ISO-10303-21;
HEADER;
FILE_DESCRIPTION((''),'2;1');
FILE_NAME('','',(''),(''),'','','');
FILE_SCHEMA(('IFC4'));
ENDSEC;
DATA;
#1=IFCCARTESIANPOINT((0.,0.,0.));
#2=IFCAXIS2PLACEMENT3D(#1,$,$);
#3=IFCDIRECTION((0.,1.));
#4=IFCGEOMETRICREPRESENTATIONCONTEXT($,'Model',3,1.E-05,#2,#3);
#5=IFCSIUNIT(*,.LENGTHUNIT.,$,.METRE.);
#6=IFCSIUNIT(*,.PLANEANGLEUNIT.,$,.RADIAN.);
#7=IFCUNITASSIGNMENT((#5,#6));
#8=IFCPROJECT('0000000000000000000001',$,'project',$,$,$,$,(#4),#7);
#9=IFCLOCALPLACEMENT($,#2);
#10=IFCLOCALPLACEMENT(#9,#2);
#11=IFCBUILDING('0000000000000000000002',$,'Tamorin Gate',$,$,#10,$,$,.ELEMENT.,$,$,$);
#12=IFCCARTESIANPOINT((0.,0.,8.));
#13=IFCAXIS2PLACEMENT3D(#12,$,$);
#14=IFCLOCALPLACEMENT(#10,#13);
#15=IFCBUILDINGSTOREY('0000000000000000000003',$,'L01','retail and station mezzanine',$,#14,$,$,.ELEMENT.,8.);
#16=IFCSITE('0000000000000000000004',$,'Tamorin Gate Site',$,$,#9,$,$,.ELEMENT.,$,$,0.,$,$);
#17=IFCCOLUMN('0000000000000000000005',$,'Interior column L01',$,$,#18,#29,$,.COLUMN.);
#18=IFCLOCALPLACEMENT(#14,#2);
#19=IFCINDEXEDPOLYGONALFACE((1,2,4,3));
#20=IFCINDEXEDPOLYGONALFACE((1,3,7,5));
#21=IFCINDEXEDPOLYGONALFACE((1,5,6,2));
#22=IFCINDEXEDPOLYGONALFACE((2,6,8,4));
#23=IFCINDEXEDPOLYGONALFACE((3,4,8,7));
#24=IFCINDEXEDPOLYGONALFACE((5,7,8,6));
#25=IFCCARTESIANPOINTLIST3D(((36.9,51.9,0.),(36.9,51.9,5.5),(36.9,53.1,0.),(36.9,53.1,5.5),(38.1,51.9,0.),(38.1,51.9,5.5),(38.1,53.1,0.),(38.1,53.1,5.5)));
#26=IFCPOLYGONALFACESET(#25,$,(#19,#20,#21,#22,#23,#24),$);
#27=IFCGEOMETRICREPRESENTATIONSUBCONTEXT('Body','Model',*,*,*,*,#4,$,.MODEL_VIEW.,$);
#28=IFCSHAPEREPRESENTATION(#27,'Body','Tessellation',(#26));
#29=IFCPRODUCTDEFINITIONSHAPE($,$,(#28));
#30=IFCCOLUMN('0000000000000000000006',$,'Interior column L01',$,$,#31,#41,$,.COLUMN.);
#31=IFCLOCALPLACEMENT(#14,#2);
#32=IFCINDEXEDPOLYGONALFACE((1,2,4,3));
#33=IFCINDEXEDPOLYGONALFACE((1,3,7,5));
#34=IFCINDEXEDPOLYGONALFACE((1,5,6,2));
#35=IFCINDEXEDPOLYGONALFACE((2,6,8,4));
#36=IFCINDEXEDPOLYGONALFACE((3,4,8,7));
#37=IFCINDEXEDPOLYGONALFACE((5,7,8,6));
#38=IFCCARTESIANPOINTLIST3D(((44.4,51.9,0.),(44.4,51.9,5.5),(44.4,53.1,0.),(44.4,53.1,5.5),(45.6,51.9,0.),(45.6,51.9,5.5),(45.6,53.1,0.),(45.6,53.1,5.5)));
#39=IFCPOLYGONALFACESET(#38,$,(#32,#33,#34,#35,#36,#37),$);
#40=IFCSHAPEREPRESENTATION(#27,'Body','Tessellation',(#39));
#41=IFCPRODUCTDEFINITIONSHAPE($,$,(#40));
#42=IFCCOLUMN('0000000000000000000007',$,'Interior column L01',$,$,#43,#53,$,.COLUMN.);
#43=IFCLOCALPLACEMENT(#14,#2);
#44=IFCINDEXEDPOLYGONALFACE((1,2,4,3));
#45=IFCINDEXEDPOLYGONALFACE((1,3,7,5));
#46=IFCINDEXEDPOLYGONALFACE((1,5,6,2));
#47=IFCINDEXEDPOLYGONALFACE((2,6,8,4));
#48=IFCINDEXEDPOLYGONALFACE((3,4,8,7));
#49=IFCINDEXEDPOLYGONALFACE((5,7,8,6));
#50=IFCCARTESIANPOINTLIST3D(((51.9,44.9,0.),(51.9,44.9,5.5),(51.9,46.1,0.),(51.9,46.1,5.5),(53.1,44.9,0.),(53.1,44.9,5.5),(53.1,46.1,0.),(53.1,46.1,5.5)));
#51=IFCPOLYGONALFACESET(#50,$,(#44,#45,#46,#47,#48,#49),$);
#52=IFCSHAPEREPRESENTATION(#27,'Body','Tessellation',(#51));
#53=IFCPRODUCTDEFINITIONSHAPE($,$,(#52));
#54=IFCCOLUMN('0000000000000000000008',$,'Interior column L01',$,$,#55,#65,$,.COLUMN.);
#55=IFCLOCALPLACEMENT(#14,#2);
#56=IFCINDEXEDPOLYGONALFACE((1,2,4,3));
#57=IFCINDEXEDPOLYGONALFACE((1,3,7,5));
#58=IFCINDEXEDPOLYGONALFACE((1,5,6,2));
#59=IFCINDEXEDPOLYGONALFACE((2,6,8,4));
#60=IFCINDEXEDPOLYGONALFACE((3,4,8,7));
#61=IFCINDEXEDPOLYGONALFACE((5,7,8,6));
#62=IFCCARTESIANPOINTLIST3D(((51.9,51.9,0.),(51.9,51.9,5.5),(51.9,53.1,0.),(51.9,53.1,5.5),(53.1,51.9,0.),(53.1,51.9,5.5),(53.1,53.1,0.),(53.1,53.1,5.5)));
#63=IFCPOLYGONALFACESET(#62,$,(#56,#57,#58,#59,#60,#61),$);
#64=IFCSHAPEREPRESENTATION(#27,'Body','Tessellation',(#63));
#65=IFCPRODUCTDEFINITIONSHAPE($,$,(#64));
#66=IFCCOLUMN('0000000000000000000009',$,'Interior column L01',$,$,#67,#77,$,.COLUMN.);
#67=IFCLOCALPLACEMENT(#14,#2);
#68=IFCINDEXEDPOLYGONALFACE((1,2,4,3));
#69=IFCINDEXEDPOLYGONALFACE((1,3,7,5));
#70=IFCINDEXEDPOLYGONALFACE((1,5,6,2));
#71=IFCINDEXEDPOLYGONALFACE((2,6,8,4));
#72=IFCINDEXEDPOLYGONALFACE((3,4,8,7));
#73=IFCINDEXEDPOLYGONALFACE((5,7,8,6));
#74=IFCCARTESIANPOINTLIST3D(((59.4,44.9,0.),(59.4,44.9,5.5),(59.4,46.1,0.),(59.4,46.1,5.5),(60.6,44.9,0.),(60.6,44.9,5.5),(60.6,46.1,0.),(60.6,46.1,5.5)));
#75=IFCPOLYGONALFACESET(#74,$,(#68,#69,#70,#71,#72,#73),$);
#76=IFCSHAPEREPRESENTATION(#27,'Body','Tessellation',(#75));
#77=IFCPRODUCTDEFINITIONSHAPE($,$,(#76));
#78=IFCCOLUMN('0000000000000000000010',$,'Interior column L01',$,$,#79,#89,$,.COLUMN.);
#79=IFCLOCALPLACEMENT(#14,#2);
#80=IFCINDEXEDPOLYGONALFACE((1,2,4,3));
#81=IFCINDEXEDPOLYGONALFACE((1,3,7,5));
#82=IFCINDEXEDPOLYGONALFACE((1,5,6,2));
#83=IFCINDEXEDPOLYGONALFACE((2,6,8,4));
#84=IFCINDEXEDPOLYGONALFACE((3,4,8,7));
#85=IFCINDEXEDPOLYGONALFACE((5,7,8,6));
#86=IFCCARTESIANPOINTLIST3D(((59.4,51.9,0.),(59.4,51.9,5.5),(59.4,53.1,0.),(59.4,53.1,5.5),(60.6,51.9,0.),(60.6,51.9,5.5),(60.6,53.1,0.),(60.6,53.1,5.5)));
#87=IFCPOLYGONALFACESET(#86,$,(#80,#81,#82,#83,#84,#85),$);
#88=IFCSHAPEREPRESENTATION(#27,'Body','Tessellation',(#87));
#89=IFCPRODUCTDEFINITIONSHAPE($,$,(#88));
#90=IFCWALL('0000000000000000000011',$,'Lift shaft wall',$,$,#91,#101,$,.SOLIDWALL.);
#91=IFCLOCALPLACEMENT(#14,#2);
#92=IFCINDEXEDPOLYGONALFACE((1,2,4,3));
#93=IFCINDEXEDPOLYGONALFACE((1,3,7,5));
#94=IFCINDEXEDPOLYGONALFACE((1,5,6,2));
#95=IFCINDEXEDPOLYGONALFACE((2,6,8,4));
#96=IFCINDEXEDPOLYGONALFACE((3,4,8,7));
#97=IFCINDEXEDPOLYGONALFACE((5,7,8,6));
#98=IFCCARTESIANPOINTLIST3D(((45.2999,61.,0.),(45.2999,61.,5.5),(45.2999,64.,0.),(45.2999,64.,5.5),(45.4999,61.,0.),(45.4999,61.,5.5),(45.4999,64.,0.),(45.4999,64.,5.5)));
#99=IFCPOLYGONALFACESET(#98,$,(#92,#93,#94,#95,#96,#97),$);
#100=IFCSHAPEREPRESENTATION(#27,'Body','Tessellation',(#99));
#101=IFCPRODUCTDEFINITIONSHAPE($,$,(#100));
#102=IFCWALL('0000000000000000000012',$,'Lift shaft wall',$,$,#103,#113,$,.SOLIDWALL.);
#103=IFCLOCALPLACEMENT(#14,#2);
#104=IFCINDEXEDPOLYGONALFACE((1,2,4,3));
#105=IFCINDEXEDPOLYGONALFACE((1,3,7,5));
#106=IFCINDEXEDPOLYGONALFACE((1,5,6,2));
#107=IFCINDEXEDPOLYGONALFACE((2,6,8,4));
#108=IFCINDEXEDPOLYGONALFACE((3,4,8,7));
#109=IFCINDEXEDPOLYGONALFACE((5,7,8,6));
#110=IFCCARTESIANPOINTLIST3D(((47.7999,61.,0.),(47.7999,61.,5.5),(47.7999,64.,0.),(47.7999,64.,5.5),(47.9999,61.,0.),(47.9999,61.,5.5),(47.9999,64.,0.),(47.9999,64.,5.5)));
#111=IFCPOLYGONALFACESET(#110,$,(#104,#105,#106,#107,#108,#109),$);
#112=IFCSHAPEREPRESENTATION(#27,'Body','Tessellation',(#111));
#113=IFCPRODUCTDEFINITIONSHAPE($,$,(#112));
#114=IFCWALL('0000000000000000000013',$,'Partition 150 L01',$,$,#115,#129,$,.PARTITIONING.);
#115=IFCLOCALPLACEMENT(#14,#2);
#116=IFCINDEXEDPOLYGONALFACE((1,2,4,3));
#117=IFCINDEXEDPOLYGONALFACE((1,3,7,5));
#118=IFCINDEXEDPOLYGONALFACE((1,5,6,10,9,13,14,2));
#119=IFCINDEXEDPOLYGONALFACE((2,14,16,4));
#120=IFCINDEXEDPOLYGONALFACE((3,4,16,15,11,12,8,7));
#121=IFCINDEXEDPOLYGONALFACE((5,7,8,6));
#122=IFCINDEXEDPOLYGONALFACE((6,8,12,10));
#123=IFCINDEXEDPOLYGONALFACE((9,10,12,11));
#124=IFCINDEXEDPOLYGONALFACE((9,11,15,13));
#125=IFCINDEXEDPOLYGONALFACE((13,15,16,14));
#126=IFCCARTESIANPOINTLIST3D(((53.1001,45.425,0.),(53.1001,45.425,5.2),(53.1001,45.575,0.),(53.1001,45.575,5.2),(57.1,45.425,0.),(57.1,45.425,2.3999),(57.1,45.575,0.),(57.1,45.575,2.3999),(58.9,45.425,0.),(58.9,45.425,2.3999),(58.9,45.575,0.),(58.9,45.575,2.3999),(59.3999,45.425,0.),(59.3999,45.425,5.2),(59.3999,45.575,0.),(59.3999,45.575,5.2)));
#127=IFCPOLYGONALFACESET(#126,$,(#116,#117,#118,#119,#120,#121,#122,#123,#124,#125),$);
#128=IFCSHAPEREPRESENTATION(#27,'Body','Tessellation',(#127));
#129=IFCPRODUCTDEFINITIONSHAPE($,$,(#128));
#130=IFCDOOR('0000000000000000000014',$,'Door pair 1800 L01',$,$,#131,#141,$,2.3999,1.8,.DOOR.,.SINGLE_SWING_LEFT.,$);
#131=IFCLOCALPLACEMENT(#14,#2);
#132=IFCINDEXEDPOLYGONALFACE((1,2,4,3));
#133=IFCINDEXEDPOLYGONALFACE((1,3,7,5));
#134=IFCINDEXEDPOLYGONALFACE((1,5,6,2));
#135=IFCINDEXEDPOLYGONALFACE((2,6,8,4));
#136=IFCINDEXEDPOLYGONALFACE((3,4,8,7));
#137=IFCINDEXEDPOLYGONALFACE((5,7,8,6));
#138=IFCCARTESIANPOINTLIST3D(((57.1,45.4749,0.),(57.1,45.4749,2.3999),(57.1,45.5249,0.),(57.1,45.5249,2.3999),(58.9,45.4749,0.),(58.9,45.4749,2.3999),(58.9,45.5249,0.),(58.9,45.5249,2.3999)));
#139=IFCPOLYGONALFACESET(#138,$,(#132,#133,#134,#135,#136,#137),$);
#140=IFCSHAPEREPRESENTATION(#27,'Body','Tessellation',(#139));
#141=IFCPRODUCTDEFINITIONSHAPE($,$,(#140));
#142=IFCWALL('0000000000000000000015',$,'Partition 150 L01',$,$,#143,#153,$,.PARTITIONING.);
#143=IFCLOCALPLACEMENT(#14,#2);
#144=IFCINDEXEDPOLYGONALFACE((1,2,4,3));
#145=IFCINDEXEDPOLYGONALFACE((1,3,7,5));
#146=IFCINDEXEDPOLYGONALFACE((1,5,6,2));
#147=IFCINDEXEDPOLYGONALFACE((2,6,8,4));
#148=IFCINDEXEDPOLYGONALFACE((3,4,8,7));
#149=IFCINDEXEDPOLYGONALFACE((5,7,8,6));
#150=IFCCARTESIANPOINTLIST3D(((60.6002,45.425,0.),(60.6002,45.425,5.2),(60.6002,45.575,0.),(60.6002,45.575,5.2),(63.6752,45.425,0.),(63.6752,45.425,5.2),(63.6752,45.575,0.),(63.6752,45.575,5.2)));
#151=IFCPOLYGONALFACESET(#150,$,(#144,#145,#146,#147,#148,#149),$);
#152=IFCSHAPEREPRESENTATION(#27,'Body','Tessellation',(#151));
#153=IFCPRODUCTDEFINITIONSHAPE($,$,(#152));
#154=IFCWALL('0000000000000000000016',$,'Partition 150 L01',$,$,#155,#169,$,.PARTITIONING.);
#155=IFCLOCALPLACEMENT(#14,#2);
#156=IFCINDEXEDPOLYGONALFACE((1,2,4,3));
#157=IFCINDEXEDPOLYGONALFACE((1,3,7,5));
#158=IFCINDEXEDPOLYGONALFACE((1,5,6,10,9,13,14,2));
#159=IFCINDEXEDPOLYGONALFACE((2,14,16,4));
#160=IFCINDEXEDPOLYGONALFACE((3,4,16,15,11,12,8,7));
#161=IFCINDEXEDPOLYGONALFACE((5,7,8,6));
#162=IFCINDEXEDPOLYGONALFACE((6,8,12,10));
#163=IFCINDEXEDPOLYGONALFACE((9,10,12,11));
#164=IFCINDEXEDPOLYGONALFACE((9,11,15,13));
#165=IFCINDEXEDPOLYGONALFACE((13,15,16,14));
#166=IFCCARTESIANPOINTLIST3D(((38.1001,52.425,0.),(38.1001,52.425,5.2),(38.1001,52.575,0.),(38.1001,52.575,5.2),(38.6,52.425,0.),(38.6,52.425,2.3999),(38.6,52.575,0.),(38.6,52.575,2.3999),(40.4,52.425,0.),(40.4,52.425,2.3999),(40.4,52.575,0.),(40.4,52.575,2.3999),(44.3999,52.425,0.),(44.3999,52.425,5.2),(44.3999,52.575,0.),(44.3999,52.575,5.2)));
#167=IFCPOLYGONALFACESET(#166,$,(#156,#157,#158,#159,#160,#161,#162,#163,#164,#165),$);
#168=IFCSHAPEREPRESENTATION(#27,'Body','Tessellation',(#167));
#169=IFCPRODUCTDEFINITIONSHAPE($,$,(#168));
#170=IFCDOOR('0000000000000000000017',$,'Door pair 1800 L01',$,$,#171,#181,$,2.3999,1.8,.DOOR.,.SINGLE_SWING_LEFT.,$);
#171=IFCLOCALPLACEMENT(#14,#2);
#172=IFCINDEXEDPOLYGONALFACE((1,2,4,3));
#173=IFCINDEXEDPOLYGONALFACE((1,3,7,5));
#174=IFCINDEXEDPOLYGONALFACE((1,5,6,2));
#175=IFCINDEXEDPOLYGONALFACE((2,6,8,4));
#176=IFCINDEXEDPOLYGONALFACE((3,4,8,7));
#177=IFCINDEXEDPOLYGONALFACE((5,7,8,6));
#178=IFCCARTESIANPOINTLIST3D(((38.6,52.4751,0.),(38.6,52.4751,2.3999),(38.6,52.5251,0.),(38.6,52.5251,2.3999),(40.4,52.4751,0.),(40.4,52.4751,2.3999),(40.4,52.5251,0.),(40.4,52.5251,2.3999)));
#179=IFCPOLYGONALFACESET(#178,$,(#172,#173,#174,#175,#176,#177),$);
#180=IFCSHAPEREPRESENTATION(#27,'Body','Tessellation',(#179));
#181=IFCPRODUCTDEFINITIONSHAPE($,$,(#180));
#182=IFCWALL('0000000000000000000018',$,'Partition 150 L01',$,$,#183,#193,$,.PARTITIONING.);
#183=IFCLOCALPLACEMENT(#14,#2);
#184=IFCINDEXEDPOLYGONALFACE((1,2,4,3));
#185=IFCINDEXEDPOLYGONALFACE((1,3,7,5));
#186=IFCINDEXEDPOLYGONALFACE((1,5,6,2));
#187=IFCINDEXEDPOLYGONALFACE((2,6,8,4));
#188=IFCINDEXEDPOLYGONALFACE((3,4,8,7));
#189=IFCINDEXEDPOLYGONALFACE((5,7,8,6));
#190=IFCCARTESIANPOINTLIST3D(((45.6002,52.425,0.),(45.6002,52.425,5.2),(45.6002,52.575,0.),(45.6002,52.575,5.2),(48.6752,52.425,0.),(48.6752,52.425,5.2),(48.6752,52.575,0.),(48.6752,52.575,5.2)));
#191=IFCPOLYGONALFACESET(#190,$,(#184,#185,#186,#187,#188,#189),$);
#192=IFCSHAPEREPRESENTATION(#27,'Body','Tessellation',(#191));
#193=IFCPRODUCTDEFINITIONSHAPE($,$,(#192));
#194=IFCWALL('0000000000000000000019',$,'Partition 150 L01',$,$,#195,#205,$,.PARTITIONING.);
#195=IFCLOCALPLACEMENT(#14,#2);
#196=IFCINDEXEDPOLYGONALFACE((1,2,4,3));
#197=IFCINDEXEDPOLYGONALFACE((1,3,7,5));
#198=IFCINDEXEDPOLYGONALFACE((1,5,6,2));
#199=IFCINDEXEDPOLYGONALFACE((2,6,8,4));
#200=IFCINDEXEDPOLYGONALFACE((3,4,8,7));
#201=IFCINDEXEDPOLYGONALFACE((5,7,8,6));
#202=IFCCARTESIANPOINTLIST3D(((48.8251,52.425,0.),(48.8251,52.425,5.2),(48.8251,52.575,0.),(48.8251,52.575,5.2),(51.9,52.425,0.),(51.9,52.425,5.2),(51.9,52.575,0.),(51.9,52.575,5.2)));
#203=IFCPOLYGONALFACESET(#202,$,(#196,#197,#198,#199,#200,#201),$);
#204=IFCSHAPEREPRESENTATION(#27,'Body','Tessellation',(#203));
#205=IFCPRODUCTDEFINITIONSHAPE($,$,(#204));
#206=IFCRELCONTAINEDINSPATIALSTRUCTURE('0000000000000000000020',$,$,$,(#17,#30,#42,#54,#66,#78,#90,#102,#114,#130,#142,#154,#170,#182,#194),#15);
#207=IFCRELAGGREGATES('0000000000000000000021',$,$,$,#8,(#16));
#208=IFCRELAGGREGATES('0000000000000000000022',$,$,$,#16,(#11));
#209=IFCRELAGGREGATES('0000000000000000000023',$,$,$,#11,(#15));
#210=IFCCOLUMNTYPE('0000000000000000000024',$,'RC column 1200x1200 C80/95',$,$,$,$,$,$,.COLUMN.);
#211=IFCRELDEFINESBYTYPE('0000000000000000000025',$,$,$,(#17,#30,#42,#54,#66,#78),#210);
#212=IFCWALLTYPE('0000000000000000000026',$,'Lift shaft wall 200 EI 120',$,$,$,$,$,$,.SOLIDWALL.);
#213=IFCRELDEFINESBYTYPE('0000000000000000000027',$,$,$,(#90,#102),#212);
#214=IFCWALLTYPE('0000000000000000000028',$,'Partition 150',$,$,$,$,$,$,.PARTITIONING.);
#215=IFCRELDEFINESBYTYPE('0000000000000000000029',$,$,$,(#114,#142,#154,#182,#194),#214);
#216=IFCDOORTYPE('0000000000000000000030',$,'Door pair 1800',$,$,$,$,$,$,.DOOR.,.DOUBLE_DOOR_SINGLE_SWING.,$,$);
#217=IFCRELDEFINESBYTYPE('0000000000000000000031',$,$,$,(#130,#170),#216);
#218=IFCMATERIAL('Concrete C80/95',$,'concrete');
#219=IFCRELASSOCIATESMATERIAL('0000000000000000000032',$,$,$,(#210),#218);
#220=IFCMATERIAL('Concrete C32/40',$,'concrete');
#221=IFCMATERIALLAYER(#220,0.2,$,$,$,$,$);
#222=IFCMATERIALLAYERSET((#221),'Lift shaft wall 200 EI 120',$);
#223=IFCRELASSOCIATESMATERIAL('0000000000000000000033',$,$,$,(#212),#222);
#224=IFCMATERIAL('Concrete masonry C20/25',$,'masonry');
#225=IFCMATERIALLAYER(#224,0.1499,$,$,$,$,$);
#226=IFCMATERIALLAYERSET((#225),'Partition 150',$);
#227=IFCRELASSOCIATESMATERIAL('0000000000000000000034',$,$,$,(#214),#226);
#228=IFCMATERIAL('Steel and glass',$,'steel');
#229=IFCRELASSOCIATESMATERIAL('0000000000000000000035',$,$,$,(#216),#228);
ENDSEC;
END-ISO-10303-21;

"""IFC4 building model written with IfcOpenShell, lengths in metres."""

from ifc_helpers import new_model, si_unit, direction, frame, frame_2d, origin, origin_2d, place, context, subcontext, project, spatial, rectangle, extrude, material, layer, layer_set, material_profile, profile_set, type_object, element, fill, save


model = new_model("IFC4")

# Units and contexts
model_context = context("Model", 3, precision=1e-05, world=origin(), true_north=direction((0.0, 1.0)))
body_context = subcontext(model_context, "Body", "Model", "MODEL_VIEW")
ifc_project = project(units=[si_unit("LENGTHUNIT", "METRE"), si_unit("PLANEANGLEUNIT", "RADIAN")], contexts=[model_context])

# Site, building, storey
site_placement = place(None, origin())
site = spatial("IfcSite", under=ifc_project, at=site_placement, Name="Tamorin Gate Site", CompositionType="ELEMENT", RefElevation=0.0)
building_placement = place(site_placement, origin())
building = spatial("IfcBuilding", under=site, at=building_placement, Name="Tamorin Gate", CompositionType="ELEMENT")
storey_placement = place(building_placement, frame((0.0, 0.0, 8.0)))
storey = spatial("IfcBuildingStorey", under=building, at=storey_placement, Name="L01", Description="retail and station mezzanine", CompositionType="ELEMENT", Elevation=8.0)

# Columns
ifc_material_1 = material(Name="Concrete C80/95", Category="concrete")
ifc_material_profile = material_profile(ifc_material_1, rectangle(XDim=1.2, YDim=1.2, at=origin_2d()), Name="RC 1200x1200")
ifc_profile_set = profile_set([ifc_material_profile], Name="Concrete C80/95")
column_type = type_object("IfcColumnType", Name="RC column 1200x1200 C80/95", PredefinedType="COLUMN", material=ifc_profile_set)
for number, where, z_axis, x_axis, name in (
    (1, (37.5, 52.5, 0.0), (0.0, 0.0, 1.0), (1.0, 0.0, 0.0), "Interior column L01"),
    (2, (45.0, 52.5, 0.0), (0.0, 0.0, 1.0), (1.0, 0.0, 0.0), "Interior column L01"),
    (3, (52.5, 45.5, 0.0), (0.0, 0.0, 1.0), (1.0, 0.0, 0.0), "Interior column L01"),
    (4, (52.5, 52.5, 0.0), (0.0, 0.0, 1.0), (1.0, 0.0, 0.0), "Interior column L01"),
    (5, (60.0, 45.5, 0.0), (0.0, 0.0, 1.0), (1.0, 0.0, 0.0), "Interior column L01"),
    (6, (60.0, 52.5, 0.0), (0.0, 0.0, 1.0), (1.0, 0.0, 0.0), "Interior column L01"),
):
    element("IfcColumn", number, at=place(storey_placement, frame(where, z_axis=z_axis, x_axis=x_axis)), inside=storey, type_object=column_type, Name=name, PredefinedType="COLUMN", context=body_context, shape_type="SweptSolid", body=[
        extrude(rectangle(XDim=1.2, YDim=1.2, at=origin_2d()), origin(), (0.0, 0.0, 1.0), 5.5),
    ])

# Walls
ifc_material_2 = material(Name="Concrete C32/40", Category="concrete")
ifc_layer_1 = layer(ifc_material_2, 0.2)
ifc_layer_set_1 = layer_set([ifc_layer_1], Name="Lift shaft wall 200 EI 120")
wall_type_1 = type_object("IfcWallType", Name="Lift shaft wall 200 EI 120", PredefinedType="SOLIDWALL", material=ifc_layer_set_1)
for number, where, z_axis, x_axis, name in (
    (7, (45.3999, 61.0, 0.0), (0.0, 0.0, 1.0), (0.0, 1.0, 0.0), "Lift shaft wall"),
    (8, (47.8999, 61.0, 0.0), (0.0, 0.0, 1.0), (0.0, 1.0, 0.0), "Lift shaft wall"),
):
    element("IfcWall", number, at=place(storey_placement, frame(where, z_axis=z_axis, x_axis=x_axis)), inside=storey, type_object=wall_type_1, Name=name, PredefinedType="SOLIDWALL", context=body_context, shape_type="SweptSolid", body=[
        extrude(rectangle(XDim=3.0, YDim=0.2, at=frame_2d((1.5, 0.0))), origin(), (0.0, 0.0, 1.0), 5.5),
    ])

# Wall, opening, door
ifc_material_3 = material(Name="Concrete masonry C20/25", Category="masonry")
ifc_layer_2 = layer(ifc_material_3, 0.1499)
ifc_layer_set_2 = layer_set([ifc_layer_2], Name="Partition 150")
wall_type_2 = type_object("IfcWallType", Name="Partition 150", PredefinedType="PARTITIONING", material=ifc_layer_set_2)
wall_1_placement = place(storey_placement, frame((53.1001, 45.5, 0.0), z_axis=(0.0, 0.0, 1.0), x_axis=(1.0, 0.0, 0.0)))
wall_1 = element("IfcWall", 9, at=wall_1_placement, inside=storey, type_object=wall_type_2, Name="Partition 150 L01", PredefinedType="PARTITIONING", context=body_context, shape_type="SweptSolid", body=[
    extrude(rectangle(XDim=6.2998, YDim=0.1499, at=frame_2d((3.1499, 0.0))), origin(), (0.0, 0.0, 1.0), 5.2),
])
opening_1_placement = place(wall_1_placement, frame((4.0, 0.0, 0.0)))
opening_1 = element("IfcOpeningElement", 10, at=opening_1_placement, cuts=wall_1, PredefinedType="OPENING", context=body_context, shape_type="SweptSolid", body=[
    extrude(rectangle(XDim=1.8, YDim=2.3999, at=frame_2d((0.8999, 1.2))), frame((0.0, 0.085, 0.0), z_axis=(0.0, -1.0, 0.0), x_axis=(1.0, 0.0, 0.0)), (0.0, 0.0, 1.0), 0.1699),
])
ifc_material_4 = material(Name="Steel and glass", Category="steel")
door_type_1 = type_object("IfcDoorType", Name="Door pair 1800", OperationType="DOUBLE_DOOR_SINGLE_SWING", PredefinedType="DOOR", material=ifc_material_4)
door_1_placement = place(opening_1_placement, origin())
door_1 = element("IfcDoor", 11, at=door_1_placement, inside=storey, type_object=door_type_1, Name="Door pair 1800 L01", OperationType="SINGLE_SWING_LEFT", OverallHeight=2.3999, OverallWidth=1.8, PredefinedType="DOOR", context=body_context, shape_type="SweptSolid", body=[
    extrude(rectangle(XDim=1.8, YDim=2.3999, at=frame_2d((0.8999, 1.2))), frame((0.0, 0.0249, 0.0), z_axis=(0.0, -1.0, 0.0), x_axis=(1.0, 0.0, 0.0)), (0.0, 0.0, 1.0), 0.05),
])
fill(opening_1, door_1)

# Wall
wall_2_placement = place(storey_placement, frame((60.6001, 45.5, 0.0), z_axis=(0.0, 0.0, 1.0), x_axis=(1.0, 0.0, 0.0)))
element("IfcWall", 12, at=wall_2_placement, inside=storey, type_object=wall_type_2, Name="Partition 150 L01", PredefinedType="PARTITIONING", context=body_context, shape_type="SweptSolid", body=[
    extrude(rectangle(XDim=3.075, YDim=0.1499, at=frame_2d((1.5376, 0.0))), origin(), (0.0, 0.0, 1.0), 5.2),
])

# Wall, opening, door
wall_3_placement = place(storey_placement, frame((44.3999, 52.5, 0.0), z_axis=(0.0, 0.0, 1.0), x_axis=(-1.0, 0.0, 0.0)))
wall_3 = element("IfcWall", 13, at=wall_3_placement, inside=storey, type_object=wall_type_2, Name="Partition 150 L01", PredefinedType="PARTITIONING", context=body_context, shape_type="SweptSolid", body=[
    extrude(rectangle(XDim=6.2998, YDim=0.1499, at=frame_2d((3.1499, 0.0))), origin(), (0.0, 0.0, 1.0), 5.2),
])
opening_2_placement = place(wall_3_placement, frame((4.0, 0.0, 0.0)))
opening_2 = element("IfcOpeningElement", 14, at=opening_2_placement, cuts=wall_3, PredefinedType="OPENING", context=body_context, shape_type="SweptSolid", body=[
    extrude(rectangle(XDim=1.8, YDim=2.3999, at=frame_2d((0.8999, 1.2))), frame((0.0, 0.085, 0.0), z_axis=(0.0, -1.0, 0.0), x_axis=(1.0, 0.0, 0.0)), (0.0, 0.0, 1.0), 0.1699),
])
door_2_placement = place(opening_2_placement, origin())
door_2 = element("IfcDoor", 15, at=door_2_placement, inside=storey, type_object=door_type_1, Name="Door pair 1800 L01", OperationType="SINGLE_SWING_LEFT", OverallHeight=2.3999, OverallWidth=1.8, PredefinedType="DOOR", context=body_context, shape_type="SweptSolid", body=[
    extrude(rectangle(XDim=1.8, YDim=2.3999, at=frame_2d((0.8999, 1.2))), frame((0.0, 0.0249, 0.0), z_axis=(0.0, -1.0, 0.0), x_axis=(1.0, 0.0, 0.0)), (0.0, 0.0, 1.0), 0.05),
])
fill(opening_2, door_2)

# Walls
for number, where, z_axis, x_axis, name in (
    (16, (45.6001, 52.5, 0.0), (0.0, 0.0, 1.0), (1.0, 0.0, 0.0), "Partition 150 L01"),
    (17, (48.825, 52.5, 0.0), (0.0, 0.0, 1.0), (1.0, 0.0, 0.0), "Partition 150 L01"),
):
    element("IfcWall", number, at=place(storey_placement, frame(where, z_axis=z_axis, x_axis=x_axis)), inside=storey, type_object=wall_type_2, Name=name, PredefinedType="PARTITIONING", context=body_context, shape_type="SweptSolid", body=[
        extrude(rectangle(XDim=3.075, YDim=0.1499, at=frame_2d((1.5376, 0.0))), origin(), (0.0, 0.0, 1.0), 5.2),
    ])

save(model, "model.ifc")
